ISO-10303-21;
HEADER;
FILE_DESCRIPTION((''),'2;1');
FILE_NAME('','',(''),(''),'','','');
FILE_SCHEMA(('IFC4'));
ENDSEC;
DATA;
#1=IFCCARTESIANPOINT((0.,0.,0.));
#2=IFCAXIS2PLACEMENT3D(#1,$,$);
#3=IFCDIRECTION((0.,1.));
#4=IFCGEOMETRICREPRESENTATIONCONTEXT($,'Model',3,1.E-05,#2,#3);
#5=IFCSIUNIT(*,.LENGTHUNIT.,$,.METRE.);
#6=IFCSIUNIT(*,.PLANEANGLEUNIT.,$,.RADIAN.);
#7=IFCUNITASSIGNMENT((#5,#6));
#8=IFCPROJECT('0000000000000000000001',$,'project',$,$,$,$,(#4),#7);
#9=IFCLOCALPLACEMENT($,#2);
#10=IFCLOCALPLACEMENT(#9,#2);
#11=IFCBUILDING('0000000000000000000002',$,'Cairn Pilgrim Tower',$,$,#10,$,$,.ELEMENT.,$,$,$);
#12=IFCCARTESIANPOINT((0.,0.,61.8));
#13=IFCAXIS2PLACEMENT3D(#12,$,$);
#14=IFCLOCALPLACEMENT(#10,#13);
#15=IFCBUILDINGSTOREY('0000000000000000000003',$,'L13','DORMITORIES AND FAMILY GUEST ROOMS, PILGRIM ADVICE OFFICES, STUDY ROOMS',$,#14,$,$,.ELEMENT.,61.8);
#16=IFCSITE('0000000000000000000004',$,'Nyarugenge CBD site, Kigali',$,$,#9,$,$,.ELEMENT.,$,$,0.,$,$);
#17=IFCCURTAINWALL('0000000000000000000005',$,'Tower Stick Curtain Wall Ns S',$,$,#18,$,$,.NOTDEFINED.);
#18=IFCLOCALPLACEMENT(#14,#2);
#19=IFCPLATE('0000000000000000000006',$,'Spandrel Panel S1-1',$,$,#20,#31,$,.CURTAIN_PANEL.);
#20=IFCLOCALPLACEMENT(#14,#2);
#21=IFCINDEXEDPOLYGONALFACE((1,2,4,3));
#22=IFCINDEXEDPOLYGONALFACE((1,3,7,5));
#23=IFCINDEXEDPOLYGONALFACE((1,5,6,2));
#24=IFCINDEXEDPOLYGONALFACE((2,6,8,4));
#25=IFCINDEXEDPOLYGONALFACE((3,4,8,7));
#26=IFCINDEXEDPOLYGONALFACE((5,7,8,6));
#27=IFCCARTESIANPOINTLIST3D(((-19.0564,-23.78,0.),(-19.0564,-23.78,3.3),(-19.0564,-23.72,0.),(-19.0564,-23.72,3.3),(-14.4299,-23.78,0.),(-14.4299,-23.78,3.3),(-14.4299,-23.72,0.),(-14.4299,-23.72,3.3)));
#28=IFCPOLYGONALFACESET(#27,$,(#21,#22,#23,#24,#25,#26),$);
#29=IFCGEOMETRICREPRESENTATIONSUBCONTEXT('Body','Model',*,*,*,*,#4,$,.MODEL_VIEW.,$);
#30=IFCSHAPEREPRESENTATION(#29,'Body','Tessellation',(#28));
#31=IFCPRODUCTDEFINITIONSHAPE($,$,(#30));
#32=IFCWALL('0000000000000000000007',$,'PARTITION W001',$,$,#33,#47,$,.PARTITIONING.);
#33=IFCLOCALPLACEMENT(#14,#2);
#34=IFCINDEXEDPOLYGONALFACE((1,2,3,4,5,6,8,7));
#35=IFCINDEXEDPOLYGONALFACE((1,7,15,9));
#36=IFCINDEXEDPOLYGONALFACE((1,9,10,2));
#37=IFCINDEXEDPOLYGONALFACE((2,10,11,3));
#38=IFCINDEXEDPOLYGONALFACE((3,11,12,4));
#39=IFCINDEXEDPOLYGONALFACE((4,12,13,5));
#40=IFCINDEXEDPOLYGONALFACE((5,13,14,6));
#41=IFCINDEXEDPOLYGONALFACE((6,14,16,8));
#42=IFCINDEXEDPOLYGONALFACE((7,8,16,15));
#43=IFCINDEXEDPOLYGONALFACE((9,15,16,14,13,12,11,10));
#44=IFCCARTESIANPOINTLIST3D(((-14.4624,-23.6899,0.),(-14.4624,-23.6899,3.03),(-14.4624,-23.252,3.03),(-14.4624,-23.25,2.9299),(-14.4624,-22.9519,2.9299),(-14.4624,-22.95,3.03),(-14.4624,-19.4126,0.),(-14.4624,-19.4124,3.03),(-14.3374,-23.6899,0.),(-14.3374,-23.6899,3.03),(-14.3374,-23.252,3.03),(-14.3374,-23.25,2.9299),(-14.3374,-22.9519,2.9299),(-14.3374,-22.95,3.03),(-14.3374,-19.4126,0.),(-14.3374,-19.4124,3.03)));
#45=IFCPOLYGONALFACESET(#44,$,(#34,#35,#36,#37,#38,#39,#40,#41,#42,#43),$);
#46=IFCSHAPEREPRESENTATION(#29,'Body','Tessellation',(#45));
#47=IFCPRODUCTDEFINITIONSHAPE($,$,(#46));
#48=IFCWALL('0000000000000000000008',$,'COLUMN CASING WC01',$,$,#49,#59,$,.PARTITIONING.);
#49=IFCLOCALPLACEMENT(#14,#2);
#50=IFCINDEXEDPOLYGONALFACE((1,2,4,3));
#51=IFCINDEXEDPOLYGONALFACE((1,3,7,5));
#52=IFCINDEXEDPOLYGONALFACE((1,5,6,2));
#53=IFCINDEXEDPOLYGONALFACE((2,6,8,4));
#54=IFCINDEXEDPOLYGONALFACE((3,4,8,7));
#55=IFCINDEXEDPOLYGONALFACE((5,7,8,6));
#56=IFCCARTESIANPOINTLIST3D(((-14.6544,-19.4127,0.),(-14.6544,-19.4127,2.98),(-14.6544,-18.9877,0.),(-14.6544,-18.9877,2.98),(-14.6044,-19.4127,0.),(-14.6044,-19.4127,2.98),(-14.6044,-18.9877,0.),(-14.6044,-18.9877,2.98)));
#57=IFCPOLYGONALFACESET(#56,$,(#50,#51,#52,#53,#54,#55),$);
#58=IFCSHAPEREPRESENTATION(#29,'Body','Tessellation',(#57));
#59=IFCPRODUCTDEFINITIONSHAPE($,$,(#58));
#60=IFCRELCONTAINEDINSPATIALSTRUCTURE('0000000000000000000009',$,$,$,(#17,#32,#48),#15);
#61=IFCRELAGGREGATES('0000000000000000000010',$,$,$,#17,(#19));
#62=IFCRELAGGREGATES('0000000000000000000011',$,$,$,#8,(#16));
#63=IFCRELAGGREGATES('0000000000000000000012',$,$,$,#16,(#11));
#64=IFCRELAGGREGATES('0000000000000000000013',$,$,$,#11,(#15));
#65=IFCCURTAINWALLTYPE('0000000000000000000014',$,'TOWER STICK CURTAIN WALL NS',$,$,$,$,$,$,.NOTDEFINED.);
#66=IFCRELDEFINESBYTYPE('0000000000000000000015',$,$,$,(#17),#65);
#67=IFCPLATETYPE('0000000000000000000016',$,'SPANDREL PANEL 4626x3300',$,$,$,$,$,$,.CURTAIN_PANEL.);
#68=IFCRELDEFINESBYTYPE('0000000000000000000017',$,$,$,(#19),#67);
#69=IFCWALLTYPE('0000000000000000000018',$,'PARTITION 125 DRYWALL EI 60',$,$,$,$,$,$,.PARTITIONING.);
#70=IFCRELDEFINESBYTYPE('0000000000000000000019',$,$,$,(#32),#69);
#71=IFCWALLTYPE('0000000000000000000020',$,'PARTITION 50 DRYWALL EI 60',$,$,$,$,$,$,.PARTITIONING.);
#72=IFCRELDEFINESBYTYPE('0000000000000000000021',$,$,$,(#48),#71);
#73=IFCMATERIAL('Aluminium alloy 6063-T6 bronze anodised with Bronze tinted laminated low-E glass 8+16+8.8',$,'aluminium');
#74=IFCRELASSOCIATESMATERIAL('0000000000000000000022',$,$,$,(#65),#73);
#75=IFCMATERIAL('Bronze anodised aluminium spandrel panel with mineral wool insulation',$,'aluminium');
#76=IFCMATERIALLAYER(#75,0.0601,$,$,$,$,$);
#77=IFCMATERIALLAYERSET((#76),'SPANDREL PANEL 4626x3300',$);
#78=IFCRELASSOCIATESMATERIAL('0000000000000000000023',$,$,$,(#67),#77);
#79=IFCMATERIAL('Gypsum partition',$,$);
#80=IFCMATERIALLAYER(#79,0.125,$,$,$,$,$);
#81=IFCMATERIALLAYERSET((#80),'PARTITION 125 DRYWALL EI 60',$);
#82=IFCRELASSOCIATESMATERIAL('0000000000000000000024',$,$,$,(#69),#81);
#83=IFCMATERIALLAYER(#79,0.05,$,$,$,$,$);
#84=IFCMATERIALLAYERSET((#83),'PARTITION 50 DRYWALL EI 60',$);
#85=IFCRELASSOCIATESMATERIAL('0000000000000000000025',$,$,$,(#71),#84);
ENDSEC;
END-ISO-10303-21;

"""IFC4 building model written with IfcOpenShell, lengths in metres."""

from ifc_helpers import new_model, si_unit, direction, frame, frame_2d, origin, origin_2d, place, context, subcontext, project, spatial, polyline, rectangle, outline, extrude, material, layer, layer_set, type_object, element, aggregate, save


model = new_model("IFC4")

# Units and contexts
model_context = context("Model", 3, precision=1e-05, world=origin(), true_north=direction((0.0, 1.0)))
body_context = subcontext(model_context, "Body", "Model", "MODEL_VIEW")
ifc_project = project(units=[si_unit("LENGTHUNIT", "METRE"), si_unit("PLANEANGLEUNIT", "RADIAN")], contexts=[model_context])

# Site, building, storey
site_placement = place(None, origin())
site = spatial("IfcSite", under=ifc_project, at=site_placement, Name="Nyarugenge CBD site, Kigali", CompositionType="ELEMENT", RefElevation=0.0)
building_placement = place(site_placement, origin())
building = spatial("IfcBuilding", under=site, at=building_placement, Name="Cairn Pilgrim Tower", CompositionType="ELEMENT")
storey_placement = place(building_placement, frame((0.0, 0.0, 61.8)))
storey = spatial("IfcBuildingStorey", under=building, at=storey_placement, Name="L13", Description="DORMITORIES AND FAMILY GUEST ROOMS, PILGRIM ADVICE OFFICES, STUDY ROOMS", CompositionType="ELEMENT", Elevation=61.8)

# Curtain wall
ifc_material_1 = material(Name="Aluminium alloy 6063-T6 bronze anodised with Bronze tinted laminated low-E glass 8+16+8.8", Category="aluminium")
curtain_wall_type_1 = type_object("IfcCurtainWallType", Name="TOWER STICK CURTAIN WALL NS", PredefinedType="NOTDEFINED", material=ifc_material_1)
curtain_wall_1_placement = place(storey_placement, origin())
curtain_wall_1 = element("IfcCurtainWall", 1, at=curtain_wall_1_placement, inside=storey, type_object=curtain_wall_type_1, Name="Tower Stick Curtain Wall Ns S", PredefinedType="NOTDEFINED")

# Plate
ifc_material_2 = material(Name="Bronze anodised aluminium spandrel panel with mineral wool insulation", Category="aluminium")
ifc_layer_1 = layer(ifc_material_2, 0.0601)
ifc_layer_set_1 = layer_set([ifc_layer_1], Name="SPANDREL PANEL 4626x3300")
plate_type_1 = type_object("IfcPlateType", Name="SPANDREL PANEL 4626x3300", PredefinedType="CURTAIN_PANEL", material=ifc_layer_set_1)
plate_1_placement = place(storey_placement, frame((-16.7432, -23.75, 0.0), z_axis=(0.0, 0.0, 1.0), x_axis=(1.0, 0.0, 0.0)))
plate_1 = element("IfcPlate", 2, at=plate_1_placement, type_object=plate_type_1, Name="Spandrel Panel S1-1", PredefinedType="CURTAIN_PANEL", context=body_context, shape_type="SweptSolid", body=[
    extrude(rectangle(XDim=4.6265, YDim=0.0601, at=origin_2d()), origin(), (0.0, 0.0, 1.0), 3.3),
])
aggregate(curtain_wall_1, [plate_1])

# Walls
ifc_material_3 = material(Name="Gypsum partition")
ifc_layer_2 = layer(ifc_material_3, 0.125)
ifc_layer_set_2 = layer_set([ifc_layer_2], Name="PARTITION 125 DRYWALL EI 60")
wall_type_1 = type_object("IfcWallType", Name="PARTITION 125 DRYWALL EI 60", PredefinedType="PARTITIONING", material=ifc_layer_set_2)
wall_1_placement = place(storey_placement, frame((-14.3999, -23.6899, 0.0), z_axis=(0.0, 0.0, 1.0), x_axis=(0.0, 1.0, 0.0)))
element("IfcWall", 3, at=wall_1_placement, inside=storey, type_object=wall_type_1, Name="PARTITION W001", PredefinedType="PARTITIONING", context=body_context, shape_type="SweptSolid", body=[
    extrude(outline(polyline([(0.0, 0.0), (4.2773, 0.0), (4.2776, 3.03), (0.74, 3.03), (0.738, 2.9299), (0.4399, 2.9299), (0.438, 3.03), (0.0, 3.03), (0.0, 0.0)])), frame((0.0, 0.0625, 0.0), z_axis=(0.0, -1.0, 0.0), x_axis=(1.0, 0.0, 0.0)), (0.0, 0.0, 1.0), 0.125),
])
ifc_layer_3 = layer(ifc_material_3, 0.05)
ifc_layer_set_3 = layer_set([ifc_layer_3], Name="PARTITION 50 DRYWALL EI 60")
wall_type_2 = type_object("IfcWallType", Name="PARTITION 50 DRYWALL EI 60", PredefinedType="PARTITIONING", material=ifc_layer_set_3)
wall_2_placement = place(storey_placement, frame((-14.6294, -19.4126, 0.0), z_axis=(0.0, 0.0, 1.0), x_axis=(0.0, 1.0, 0.0)))
element("IfcWall", 4, at=wall_2_placement, inside=storey, type_object=wall_type_2, Name="COLUMN CASING WC01", PredefinedType="PARTITIONING", context=body_context, shape_type="SweptSolid", body=[
    extrude(rectangle(XDim=0.425, YDim=0.05, at=frame_2d((0.2124, 0.0))), origin(), (0.0, 0.0, 1.0), 2.98),
])

save(model, "model.ifc")
